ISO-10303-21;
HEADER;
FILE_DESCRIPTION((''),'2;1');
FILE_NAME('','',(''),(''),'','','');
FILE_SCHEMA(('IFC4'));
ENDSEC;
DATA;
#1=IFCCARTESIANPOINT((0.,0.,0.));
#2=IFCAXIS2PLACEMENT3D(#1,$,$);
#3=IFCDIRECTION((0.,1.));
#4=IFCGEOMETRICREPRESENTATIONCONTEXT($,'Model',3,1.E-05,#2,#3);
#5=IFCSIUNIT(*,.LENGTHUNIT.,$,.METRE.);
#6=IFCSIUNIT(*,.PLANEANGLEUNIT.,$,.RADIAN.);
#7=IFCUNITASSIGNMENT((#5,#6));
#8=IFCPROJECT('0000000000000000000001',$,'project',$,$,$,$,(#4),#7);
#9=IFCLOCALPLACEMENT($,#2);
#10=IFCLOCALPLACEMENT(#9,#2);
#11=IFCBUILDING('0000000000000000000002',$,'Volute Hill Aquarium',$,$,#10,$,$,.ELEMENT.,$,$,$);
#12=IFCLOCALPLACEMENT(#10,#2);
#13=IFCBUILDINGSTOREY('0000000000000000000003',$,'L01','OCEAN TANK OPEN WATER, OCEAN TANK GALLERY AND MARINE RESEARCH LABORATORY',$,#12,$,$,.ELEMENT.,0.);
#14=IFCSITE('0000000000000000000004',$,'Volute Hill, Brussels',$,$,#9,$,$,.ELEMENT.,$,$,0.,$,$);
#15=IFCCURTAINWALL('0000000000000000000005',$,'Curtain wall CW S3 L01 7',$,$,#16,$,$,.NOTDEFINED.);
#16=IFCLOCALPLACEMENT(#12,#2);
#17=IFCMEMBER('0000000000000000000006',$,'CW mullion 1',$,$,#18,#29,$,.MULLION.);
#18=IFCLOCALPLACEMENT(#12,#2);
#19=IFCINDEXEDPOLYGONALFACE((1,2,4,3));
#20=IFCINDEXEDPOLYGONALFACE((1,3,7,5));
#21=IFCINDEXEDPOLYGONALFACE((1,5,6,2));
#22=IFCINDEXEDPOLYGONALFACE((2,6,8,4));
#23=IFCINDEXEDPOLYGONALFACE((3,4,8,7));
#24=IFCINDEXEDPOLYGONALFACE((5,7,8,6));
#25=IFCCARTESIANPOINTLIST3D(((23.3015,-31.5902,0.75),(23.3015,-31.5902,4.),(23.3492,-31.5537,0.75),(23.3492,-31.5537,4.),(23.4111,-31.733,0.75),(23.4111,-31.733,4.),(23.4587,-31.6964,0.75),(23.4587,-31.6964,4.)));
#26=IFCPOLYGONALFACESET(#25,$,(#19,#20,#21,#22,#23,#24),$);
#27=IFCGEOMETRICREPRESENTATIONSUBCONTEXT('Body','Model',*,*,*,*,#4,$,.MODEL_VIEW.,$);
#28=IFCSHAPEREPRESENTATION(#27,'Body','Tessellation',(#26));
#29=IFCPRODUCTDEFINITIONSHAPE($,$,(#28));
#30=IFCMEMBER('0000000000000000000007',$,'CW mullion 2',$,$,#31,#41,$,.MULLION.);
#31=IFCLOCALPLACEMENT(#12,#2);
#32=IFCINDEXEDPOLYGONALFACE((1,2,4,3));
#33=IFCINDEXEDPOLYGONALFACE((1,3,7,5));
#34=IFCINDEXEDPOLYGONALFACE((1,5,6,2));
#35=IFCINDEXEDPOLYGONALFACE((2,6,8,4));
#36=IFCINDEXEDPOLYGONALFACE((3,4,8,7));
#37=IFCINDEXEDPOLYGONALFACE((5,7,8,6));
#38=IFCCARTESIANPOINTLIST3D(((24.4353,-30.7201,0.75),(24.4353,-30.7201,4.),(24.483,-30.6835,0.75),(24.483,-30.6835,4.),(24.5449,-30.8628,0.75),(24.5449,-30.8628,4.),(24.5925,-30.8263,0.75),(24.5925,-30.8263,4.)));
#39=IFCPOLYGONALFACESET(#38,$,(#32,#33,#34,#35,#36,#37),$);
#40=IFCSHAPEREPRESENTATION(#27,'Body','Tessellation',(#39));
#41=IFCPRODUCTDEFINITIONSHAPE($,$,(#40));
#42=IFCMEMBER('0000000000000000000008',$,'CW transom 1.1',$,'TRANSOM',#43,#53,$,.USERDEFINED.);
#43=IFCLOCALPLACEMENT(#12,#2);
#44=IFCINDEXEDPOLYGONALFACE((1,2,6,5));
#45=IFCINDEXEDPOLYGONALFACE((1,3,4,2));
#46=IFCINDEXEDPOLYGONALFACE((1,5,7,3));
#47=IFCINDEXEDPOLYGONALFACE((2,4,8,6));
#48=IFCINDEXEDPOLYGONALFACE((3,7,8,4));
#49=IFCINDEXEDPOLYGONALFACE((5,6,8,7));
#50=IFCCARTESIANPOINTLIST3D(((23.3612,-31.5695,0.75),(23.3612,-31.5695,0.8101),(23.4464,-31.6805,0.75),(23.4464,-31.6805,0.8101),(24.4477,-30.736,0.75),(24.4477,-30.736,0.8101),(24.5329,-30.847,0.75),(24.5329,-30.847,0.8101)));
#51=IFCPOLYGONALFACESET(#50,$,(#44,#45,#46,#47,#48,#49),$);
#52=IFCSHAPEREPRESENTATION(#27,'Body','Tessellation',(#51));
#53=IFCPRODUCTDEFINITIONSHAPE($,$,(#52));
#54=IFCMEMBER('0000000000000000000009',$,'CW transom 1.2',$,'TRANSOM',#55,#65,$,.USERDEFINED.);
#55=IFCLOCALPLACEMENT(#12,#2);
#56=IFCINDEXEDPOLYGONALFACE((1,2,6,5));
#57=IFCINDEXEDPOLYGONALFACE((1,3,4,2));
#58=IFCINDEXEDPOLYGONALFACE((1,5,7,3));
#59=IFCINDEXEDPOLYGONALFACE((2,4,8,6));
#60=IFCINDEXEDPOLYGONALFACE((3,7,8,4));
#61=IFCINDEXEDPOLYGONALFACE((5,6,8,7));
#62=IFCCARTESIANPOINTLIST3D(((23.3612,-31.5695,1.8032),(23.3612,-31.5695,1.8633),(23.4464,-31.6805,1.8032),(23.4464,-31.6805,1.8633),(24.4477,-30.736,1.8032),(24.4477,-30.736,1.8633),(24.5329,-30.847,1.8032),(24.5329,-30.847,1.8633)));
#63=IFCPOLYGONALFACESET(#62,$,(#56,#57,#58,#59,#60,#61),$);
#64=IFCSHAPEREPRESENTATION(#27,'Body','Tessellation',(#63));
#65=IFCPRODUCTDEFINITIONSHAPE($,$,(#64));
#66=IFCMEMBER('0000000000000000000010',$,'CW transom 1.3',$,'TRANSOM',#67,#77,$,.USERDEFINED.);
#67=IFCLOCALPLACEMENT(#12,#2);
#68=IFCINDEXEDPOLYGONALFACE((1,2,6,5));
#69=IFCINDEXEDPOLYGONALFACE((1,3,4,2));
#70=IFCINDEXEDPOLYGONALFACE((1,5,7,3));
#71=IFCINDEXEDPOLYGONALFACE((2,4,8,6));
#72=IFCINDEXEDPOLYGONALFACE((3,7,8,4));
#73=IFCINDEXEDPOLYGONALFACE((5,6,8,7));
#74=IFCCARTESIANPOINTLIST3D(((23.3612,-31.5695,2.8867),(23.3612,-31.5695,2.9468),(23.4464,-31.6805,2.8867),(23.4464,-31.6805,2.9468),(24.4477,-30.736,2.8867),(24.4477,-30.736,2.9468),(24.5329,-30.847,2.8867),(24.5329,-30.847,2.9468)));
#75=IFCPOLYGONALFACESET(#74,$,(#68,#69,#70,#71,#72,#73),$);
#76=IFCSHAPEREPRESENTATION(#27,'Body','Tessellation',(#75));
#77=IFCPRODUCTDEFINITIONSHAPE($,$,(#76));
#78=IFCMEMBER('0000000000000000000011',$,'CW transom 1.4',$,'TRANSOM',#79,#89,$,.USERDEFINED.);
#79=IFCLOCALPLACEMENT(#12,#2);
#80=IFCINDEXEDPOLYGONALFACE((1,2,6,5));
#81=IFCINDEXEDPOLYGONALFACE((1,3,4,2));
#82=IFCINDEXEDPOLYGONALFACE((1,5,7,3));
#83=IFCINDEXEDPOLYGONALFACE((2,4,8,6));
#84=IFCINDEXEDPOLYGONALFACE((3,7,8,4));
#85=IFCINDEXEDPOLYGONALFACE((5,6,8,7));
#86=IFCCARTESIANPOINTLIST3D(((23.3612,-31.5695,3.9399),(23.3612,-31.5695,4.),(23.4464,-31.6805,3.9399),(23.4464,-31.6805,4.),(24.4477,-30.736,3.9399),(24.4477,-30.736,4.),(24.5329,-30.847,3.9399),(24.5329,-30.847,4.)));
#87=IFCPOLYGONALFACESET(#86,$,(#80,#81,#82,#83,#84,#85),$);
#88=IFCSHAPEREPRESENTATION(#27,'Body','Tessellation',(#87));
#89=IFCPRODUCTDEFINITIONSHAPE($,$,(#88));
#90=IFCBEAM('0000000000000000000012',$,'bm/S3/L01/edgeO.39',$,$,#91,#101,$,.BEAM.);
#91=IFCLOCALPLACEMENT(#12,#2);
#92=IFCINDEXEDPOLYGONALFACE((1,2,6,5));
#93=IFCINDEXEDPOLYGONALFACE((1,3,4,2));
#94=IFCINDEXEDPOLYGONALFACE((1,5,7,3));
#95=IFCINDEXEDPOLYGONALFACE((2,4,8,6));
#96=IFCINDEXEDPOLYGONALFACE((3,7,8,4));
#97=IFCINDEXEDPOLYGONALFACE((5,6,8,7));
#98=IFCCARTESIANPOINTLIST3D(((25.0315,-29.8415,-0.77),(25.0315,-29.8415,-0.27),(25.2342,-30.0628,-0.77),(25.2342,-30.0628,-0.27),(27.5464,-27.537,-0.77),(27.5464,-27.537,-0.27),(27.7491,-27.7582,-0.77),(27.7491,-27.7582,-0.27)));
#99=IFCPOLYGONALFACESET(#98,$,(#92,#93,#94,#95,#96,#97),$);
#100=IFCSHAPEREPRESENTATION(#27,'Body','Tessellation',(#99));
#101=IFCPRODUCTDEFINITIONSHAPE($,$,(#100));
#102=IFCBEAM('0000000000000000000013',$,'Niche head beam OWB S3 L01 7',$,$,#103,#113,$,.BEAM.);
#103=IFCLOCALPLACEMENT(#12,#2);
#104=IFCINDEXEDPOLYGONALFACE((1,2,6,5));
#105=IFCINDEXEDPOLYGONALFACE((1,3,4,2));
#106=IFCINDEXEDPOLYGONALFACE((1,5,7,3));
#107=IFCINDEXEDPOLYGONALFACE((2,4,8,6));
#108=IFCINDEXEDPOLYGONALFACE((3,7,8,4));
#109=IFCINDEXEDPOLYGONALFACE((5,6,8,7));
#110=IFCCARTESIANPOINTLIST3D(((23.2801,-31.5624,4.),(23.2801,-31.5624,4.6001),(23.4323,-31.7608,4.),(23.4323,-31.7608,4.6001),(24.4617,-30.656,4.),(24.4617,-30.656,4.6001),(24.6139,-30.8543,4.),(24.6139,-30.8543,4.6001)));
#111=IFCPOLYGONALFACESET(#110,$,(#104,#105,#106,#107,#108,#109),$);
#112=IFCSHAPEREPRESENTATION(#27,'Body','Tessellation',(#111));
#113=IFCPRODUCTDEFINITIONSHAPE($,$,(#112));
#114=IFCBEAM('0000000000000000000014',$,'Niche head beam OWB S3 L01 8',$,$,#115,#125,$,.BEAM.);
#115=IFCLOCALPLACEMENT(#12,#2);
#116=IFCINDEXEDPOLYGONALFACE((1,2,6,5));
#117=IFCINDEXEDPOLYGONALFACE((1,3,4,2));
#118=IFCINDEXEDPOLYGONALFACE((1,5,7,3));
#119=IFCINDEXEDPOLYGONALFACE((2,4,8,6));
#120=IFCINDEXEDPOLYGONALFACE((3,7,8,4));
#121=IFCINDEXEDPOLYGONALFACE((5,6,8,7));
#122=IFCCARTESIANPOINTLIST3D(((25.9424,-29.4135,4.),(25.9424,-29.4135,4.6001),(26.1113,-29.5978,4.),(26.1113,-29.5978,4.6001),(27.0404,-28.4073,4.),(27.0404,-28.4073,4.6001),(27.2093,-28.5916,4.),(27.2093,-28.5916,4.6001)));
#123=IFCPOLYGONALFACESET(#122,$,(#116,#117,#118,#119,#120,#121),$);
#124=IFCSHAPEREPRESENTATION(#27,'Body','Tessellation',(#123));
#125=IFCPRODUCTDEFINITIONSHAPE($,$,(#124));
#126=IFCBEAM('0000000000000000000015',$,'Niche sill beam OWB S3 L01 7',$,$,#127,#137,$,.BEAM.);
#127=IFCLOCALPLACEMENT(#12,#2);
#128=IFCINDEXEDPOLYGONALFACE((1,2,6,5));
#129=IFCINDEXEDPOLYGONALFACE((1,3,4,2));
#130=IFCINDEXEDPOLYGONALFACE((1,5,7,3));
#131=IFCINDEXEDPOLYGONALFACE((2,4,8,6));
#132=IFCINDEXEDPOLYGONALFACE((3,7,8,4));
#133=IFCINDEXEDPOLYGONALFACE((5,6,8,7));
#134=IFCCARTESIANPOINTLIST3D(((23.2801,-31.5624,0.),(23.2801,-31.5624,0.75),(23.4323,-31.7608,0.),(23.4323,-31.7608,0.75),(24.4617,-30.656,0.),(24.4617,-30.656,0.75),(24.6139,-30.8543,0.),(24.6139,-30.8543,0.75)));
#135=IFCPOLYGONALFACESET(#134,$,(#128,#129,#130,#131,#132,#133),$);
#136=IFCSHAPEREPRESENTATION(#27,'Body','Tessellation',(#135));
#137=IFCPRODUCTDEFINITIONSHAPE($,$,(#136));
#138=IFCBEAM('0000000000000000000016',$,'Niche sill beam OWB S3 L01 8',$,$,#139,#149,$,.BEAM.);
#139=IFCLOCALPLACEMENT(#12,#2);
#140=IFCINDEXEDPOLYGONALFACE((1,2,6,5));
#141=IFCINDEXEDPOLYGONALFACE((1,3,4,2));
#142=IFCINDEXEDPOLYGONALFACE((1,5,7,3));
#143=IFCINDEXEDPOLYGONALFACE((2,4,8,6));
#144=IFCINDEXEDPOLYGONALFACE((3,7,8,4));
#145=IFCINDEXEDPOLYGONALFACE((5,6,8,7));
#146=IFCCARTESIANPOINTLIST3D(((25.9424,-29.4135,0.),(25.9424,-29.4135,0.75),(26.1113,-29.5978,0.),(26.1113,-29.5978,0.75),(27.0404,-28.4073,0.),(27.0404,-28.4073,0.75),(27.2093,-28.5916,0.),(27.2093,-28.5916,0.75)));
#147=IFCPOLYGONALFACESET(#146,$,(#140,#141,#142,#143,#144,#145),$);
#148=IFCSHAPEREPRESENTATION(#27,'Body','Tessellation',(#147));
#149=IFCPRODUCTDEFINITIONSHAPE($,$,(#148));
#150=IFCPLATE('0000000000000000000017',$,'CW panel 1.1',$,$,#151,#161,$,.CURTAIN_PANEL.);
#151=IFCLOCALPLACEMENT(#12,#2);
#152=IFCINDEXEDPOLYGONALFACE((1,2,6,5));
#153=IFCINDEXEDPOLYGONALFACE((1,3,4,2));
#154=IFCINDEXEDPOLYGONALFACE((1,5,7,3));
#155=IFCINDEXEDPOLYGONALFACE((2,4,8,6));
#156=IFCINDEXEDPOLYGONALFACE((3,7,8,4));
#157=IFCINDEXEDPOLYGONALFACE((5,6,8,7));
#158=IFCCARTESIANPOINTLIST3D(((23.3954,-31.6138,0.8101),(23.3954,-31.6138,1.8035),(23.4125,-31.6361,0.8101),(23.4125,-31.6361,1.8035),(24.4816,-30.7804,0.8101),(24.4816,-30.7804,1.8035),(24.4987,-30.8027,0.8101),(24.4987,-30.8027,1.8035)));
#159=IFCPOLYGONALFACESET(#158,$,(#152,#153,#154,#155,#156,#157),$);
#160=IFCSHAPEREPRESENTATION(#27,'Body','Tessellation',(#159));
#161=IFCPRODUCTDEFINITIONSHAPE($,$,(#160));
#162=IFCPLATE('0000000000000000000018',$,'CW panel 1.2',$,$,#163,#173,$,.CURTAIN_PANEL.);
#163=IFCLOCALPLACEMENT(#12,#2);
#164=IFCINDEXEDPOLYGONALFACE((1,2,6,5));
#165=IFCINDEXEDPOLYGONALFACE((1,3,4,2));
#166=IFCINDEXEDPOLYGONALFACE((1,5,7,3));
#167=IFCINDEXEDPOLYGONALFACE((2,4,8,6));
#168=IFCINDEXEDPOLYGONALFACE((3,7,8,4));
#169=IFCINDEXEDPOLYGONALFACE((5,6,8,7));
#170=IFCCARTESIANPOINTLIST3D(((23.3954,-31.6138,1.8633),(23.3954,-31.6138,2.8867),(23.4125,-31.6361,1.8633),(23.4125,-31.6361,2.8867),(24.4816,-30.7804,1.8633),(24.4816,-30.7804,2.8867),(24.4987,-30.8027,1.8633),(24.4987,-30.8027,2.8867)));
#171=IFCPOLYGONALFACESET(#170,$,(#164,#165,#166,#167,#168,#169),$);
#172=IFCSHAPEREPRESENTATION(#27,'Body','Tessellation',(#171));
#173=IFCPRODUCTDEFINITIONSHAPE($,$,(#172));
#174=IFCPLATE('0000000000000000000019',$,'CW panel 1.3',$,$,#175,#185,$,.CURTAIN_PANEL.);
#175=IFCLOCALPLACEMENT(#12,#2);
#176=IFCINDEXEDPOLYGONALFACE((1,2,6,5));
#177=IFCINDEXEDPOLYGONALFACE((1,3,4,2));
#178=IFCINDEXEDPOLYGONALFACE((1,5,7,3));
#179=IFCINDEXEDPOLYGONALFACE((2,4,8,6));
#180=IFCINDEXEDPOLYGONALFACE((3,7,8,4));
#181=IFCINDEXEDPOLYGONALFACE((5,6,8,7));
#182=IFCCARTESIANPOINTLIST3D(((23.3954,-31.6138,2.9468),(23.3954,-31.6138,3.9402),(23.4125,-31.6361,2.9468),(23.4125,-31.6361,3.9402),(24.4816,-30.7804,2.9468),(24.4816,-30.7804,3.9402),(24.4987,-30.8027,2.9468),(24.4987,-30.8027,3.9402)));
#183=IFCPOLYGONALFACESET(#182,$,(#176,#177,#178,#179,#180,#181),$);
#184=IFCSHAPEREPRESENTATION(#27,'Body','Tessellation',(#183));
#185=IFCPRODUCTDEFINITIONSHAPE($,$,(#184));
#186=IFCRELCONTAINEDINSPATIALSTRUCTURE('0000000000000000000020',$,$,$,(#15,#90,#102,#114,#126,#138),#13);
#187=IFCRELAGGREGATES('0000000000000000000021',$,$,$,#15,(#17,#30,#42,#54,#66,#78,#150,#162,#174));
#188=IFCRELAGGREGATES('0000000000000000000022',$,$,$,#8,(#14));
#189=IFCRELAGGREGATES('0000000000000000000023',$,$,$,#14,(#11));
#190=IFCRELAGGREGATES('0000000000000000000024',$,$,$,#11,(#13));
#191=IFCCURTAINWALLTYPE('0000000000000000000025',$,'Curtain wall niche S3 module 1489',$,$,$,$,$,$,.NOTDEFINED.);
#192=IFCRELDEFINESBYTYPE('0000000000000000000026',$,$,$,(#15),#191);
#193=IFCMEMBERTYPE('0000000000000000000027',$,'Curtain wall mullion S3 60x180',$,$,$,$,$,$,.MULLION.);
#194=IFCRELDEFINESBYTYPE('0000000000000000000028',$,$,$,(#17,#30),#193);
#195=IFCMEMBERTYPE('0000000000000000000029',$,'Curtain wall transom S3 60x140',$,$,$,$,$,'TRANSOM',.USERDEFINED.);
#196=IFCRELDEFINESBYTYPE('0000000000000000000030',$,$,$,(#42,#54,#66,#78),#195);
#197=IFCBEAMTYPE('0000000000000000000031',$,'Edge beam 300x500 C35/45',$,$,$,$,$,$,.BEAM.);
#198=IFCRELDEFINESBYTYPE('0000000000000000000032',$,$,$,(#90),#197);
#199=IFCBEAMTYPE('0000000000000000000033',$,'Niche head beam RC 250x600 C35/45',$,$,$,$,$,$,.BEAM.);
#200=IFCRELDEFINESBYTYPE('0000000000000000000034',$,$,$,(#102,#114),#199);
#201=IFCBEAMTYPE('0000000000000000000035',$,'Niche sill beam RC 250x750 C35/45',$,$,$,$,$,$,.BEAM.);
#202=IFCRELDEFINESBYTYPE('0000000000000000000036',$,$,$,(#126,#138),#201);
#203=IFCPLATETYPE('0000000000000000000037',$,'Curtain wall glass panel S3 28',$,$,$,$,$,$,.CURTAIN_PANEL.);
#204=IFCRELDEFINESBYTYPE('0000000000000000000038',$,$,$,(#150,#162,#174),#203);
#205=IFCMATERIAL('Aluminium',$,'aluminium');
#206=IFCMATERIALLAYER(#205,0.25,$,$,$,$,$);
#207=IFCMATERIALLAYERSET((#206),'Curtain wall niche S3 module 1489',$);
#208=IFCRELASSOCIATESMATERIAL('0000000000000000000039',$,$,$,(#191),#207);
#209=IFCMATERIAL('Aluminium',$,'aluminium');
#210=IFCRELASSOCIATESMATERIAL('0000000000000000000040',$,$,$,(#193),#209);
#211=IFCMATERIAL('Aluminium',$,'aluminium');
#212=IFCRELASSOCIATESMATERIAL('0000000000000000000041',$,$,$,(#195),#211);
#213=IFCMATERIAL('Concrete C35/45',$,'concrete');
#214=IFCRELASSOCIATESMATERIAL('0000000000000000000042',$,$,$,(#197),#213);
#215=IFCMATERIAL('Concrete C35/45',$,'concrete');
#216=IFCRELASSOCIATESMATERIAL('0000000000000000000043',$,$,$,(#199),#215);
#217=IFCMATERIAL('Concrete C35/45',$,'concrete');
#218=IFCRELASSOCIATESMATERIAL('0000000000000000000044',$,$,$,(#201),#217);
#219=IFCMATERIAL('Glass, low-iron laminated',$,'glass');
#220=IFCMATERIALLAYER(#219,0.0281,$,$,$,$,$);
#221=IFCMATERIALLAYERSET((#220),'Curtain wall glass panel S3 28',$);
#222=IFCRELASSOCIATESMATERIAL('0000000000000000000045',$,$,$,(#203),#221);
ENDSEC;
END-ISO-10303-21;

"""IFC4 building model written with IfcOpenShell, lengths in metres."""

from ifc_helpers import new_model, si_unit, direction, frame, origin, origin_2d, place, context, subcontext, project, spatial, rectangle, extrude, material, layer, layer_set, material_profile, profile_set, type_object, element, aggregate, save


model = new_model("IFC4")

# Units and contexts
model_context = context("Model", 3, precision=1e-05, world=origin(), true_north=direction((0.0, 1.0)))
body_context = subcontext(model_context, "Body", "Model", "MODEL_VIEW")
ifc_project = project(units=[si_unit("LENGTHUNIT", "METRE"), si_unit("PLANEANGLEUNIT", "RADIAN")], contexts=[model_context])

# Site, building, storey
site_placement = place(None, origin())
site = spatial("IfcSite", under=ifc_project, at=site_placement, Name="Volute Hill, Brussels", CompositionType="ELEMENT", RefElevation=0.0)
building_placement = place(site_placement, origin())
building = spatial("IfcBuilding", under=site, at=building_placement, Name="Volute Hill Aquarium", CompositionType="ELEMENT")
storey_placement = place(building_placement, origin())
storey = spatial("IfcBuildingStorey", under=building, at=storey_placement, Name="L01", Description="OCEAN TANK OPEN WATER, OCEAN TANK GALLERY AND MARINE RESEARCH LABORATORY", CompositionType="ELEMENT", Elevation=0.0)

# Curtain wall, members
ifc_material_1 = material(Name="Aluminium", Category="aluminium")
ifc_layer_1 = layer(ifc_material_1, 0.25)
ifc_layer_set_1 = layer_set([ifc_layer_1], Name="Curtain wall niche S3 module 1489")
curtain_wall_type = type_object("IfcCurtainWallType", Name="Curtain wall niche S3 module 1489", PredefinedType="NOTDEFINED", material=ifc_layer_set_1)
curtain_wall_placement = place(storey_placement, origin())
curtain_wall = element("IfcCurtainWall", 1, at=curtain_wall_placement, inside=storey, type_object=curtain_wall_type, Name="Curtain wall CW S3 L01 7", PredefinedType="NOTDEFINED")
ifc_material_2 = material(Name="Aluminium", Category="aluminium")
ifc_material_profile_1 = material_profile(ifc_material_2, rectangle(XDim=0.1799, YDim=0.0601, at=origin_2d()), Name="Curtain wall mullion S3 60x180")
ifc_profile_set_1 = profile_set([ifc_material_profile_1], Name="Aluminium")
member_type_1 = type_object("IfcMemberType", Name="Curtain wall mullion S3 60x180", PredefinedType="MULLION", material=ifc_profile_set_1)
member_1_placement = place(storey_placement, frame((23.3801, -31.6433, 0.75), z_axis=(0.0, 0.0, 1.0), x_axis=(-0.608747, 0.793365, 0.0)))
member_1 = element("IfcMember", 2, at=member_1_placement, type_object=member_type_1, Name="CW mullion 1", PredefinedType="MULLION", context=body_context, shape_type="SweptSolid", body=[
    extrude(rectangle(XDim=0.1799, YDim=0.0601, at=origin_2d()), origin(), (0.0, 0.0, 1.0), 3.25),
])
member_2_placement = place(storey_placement, frame((24.5139, -30.7732, 0.75), z_axis=(0.0, 0.0, 1.0), x_axis=(-0.608747, 0.793365, 0.0)))
member_2 = element("IfcMember", 3, at=member_2_placement, type_object=member_type_1, Name="CW mullion 2", PredefinedType="MULLION", context=body_context, shape_type="SweptSolid", body=[
    extrude(rectangle(XDim=0.1799, YDim=0.0601, at=origin_2d()), origin(), (0.0, 0.0, 1.0), 3.25),
])
ifc_material_3 = material(Name="Aluminium", Category="aluminium")
ifc_material_profile_2 = material_profile(ifc_material_3, rectangle(XDim=0.1399, YDim=0.0601, at=origin_2d()), Name="Curtain wall transom S3 60x140")
ifc_profile_set_2 = profile_set([ifc_material_profile_2], Name="Aluminium")
member_type_2 = type_object("IfcMemberType", Name="Curtain wall transom S3 60x140", ElementType="TRANSOM", PredefinedType="USERDEFINED", material=ifc_profile_set_2)
member_3_placement = place(storey_placement, frame((23.4038, -31.625, 0.78), z_axis=(0.793405, 0.608694, 0.0), x_axis=(-0.608694, 0.793405, 0.0)))
member_3 = element("IfcMember", 4, at=member_3_placement, type_object=member_type_2, Name="CW transom 1.1", ObjectType="TRANSOM", PredefinedType="USERDEFINED", context=body_context, shape_type="SweptSolid", body=[
    extrude(rectangle(XDim=0.1399, YDim=0.0601, at=origin_2d()), origin(), (0.0, 0.0, 1.0), 1.3694),
])
member_4_placement = place(storey_placement, frame((23.4038, -31.625, 1.8333), z_axis=(0.793405, 0.608694, 0.0), x_axis=(-0.608694, 0.793405, 0.0)))
member_4 = element("IfcMember", 5, at=member_4_placement, type_object=member_type_2, Name="CW transom 1.2", ObjectType="TRANSOM", PredefinedType="USERDEFINED", context=body_context, shape_type="SweptSolid", body=[
    extrude(rectangle(XDim=0.1399, YDim=0.0601, at=origin_2d()), origin(), (0.0, 0.0, 1.0), 1.3694),
])
member_5_placement = place(storey_placement, frame((23.4038, -31.625, 2.9167), z_axis=(0.793405, 0.608694, 0.0), x_axis=(-0.608694, 0.793405, 0.0)))
member_5 = element("IfcMember", 6, at=member_5_placement, type_object=member_type_2, Name="CW transom 1.3", ObjectType="TRANSOM", PredefinedType="USERDEFINED", context=body_context, shape_type="SweptSolid", body=[
    extrude(rectangle(XDim=0.1399, YDim=0.0601, at=origin_2d()), origin(), (0.0, 0.0, 1.0), 1.3694),
])
member_6_placement = place(storey_placement, frame((23.4038, -31.625, 3.97), z_axis=(0.793405, 0.608694, 0.0), x_axis=(-0.608694, 0.793405, 0.0)))
member_6 = element("IfcMember", 7, at=member_6_placement, type_object=member_type_2, Name="CW transom 1.4", ObjectType="TRANSOM", PredefinedType="USERDEFINED", context=body_context, shape_type="SweptSolid", body=[
    extrude(rectangle(XDim=0.1399, YDim=0.0601, at=origin_2d()), origin(), (0.0, 0.0, 1.0), 1.3694),
])

# Beams
ifc_material_4 = material(Name="Concrete C35/45", Category="concrete")
ifc_material_profile_3 = material_profile(ifc_material_4, rectangle(XDim=0.3, YDim=0.5, at=origin_2d()), Name="RC edge beam 300x500")
ifc_profile_set_3 = profile_set([ifc_material_profile_3], Name="Concrete C35/45")
beam_type_1 = type_object("IfcBeamType", Name="Edge beam 300x500 C35/45", PredefinedType="BEAM", material=ifc_profile_set_3)
beam_placement = place(storey_placement, frame((25.1328, -29.9521, -0.52), z_axis=(0.737282, 0.675585, 0.0), x_axis=(-0.675585, 0.737282, 0.0)))
element("IfcBeam", 8, at=beam_placement, inside=storey, type_object=beam_type_1, Name="bm/S3/L01/edgeO.39", PredefinedType="BEAM", context=body_context, shape_type="SweptSolid", body=[
    extrude(rectangle(XDim=0.3, YDim=0.5, at=origin_2d()), origin(), (0.0, 0.0, 1.0), 3.4111),
])
ifc_material_5 = material(Name="Concrete C35/45", Category="concrete")
ifc_material_profile_4 = material_profile(ifc_material_5, rectangle(XDim=0.25, YDim=0.6001, at=origin_2d()), Name="RC beam 250x600")
ifc_profile_set_4 = profile_set([ifc_material_profile_4], Name="Concrete C35/45")
beam_type_2 = type_object("IfcBeamType", Name="Niche head beam RC 250x600 C35/45", PredefinedType="BEAM", material=ifc_profile_set_4)
for number, where, z_axis, x_axis, name in (
    (9, (23.3562, -31.6616, 4.3), (0.793422, 0.608672, 0.0), (-0.608672, 0.793422, 0.0), "Niche head beam OWB S3 L01 7"),
    (10, (26.0269, -29.5056, 4.3), (0.737256, 0.675613, 0.0), (-0.675613, 0.737256, 0.0), "Niche head beam OWB S3 L01 8"),
):
    element("IfcBeam", number, at=place(storey_placement, frame(where, z_axis=z_axis, x_axis=x_axis)), inside=storey, type_object=beam_type_2, Name=name, PredefinedType="BEAM", context=body_context, shape_type="SweptSolid", body=[
        extrude(rectangle(XDim=0.25, YDim=0.6001, at=origin_2d()), origin(), (0.0, 0.0, 1.0), 1.4893),
    ])
ifc_material_6 = material(Name="Concrete C35/45", Category="concrete")
ifc_material_profile_5 = material_profile(ifc_material_6, rectangle(XDim=0.25, YDim=0.75, at=origin_2d()), Name="RC beam 250x750")
ifc_profile_set_5 = profile_set([ifc_material_profile_5], Name="Concrete C35/45")
beam_type_3 = type_object("IfcBeamType", Name="Niche sill beam RC 250x750 C35/45", PredefinedType="BEAM", material=ifc_profile_set_5)
for number, where, z_axis, x_axis, name in (
    (11, (23.3562, -31.6616, 0.375), (0.793422, 0.608672, 0.0), (-0.608672, 0.793422, 0.0), "Niche sill beam OWB S3 L01 7"),
    (12, (26.0269, -29.5056, 0.375), (0.737256, 0.675613, 0.0), (-0.675613, 0.737256, 0.0), "Niche sill beam OWB S3 L01 8"),
):
    element("IfcBeam", number, at=place(storey_placement, frame(where, z_axis=z_axis, x_axis=x_axis)), inside=storey, type_object=beam_type_3, Name=name, PredefinedType="BEAM", context=body_context, shape_type="SweptSolid", body=[
        extrude(rectangle(XDim=0.25, YDim=0.75, at=origin_2d()), origin(), (0.0, 0.0, 1.0), 1.4893),
    ])

# Plates
ifc_material_7 = material(Name="Glass, low-iron laminated", Category="glass")
ifc_layer_2 = layer(ifc_material_7, 0.0281)
ifc_layer_set_2 = layer_set([ifc_layer_2], Name="Curtain wall glass panel S3 28")
plate_type = type_object("IfcPlateType", Name="Curtain wall glass panel S3 28", PredefinedType="CURTAIN_PANEL", material=ifc_layer_set_2)
plate_1_placement = place(storey_placement, frame((23.947, -31.2083, 0.8101), z_axis=(0.0, 0.0, 1.0), x_axis=(0.793365, 0.608747, 0.0)))
plate_1 = element("IfcPlate", 13, at=plate_1_placement, type_object=plate_type, Name="CW panel 1.1", PredefinedType="CURTAIN_PANEL", context=body_context, shape_type="SweptSolid", body=[
    extrude(rectangle(XDim=1.3691, YDim=0.0281, at=origin_2d()), origin(), (0.0, 0.0, 1.0), 0.9934),
])
plate_2_placement = place(storey_placement, frame((23.947, -31.2083, 1.8633), z_axis=(0.0, 0.0, 1.0), x_axis=(0.793365, 0.608747, 0.0)))
plate_2 = element("IfcPlate", 14, at=plate_2_placement, type_object=plate_type, Name="CW panel 1.2", PredefinedType="CURTAIN_PANEL", context=body_context, shape_type="SweptSolid", body=[
    extrude(rectangle(XDim=1.3691, YDim=0.0281, at=origin_2d()), origin(), (0.0, 0.0, 1.0), 1.0234),
])
plate_3_placement = place(storey_placement, frame((23.947, -31.2083, 2.9468), z_axis=(0.0, 0.0, 1.0), x_axis=(0.793365, 0.608747, 0.0)))
plate_3 = element("IfcPlate", 15, at=plate_3_placement, type_object=plate_type, Name="CW panel 1.3", PredefinedType="CURTAIN_PANEL", context=body_context, shape_type="SweptSolid", body=[
    extrude(rectangle(XDim=1.3691, YDim=0.0281, at=origin_2d()), origin(), (0.0, 0.0, 1.0), 0.9934),
])
aggregate(curtain_wall, [member_1, member_2, member_3, member_4, member_5, member_6, plate_1, plate_2, plate_3])

save(model, "model.ifc")
